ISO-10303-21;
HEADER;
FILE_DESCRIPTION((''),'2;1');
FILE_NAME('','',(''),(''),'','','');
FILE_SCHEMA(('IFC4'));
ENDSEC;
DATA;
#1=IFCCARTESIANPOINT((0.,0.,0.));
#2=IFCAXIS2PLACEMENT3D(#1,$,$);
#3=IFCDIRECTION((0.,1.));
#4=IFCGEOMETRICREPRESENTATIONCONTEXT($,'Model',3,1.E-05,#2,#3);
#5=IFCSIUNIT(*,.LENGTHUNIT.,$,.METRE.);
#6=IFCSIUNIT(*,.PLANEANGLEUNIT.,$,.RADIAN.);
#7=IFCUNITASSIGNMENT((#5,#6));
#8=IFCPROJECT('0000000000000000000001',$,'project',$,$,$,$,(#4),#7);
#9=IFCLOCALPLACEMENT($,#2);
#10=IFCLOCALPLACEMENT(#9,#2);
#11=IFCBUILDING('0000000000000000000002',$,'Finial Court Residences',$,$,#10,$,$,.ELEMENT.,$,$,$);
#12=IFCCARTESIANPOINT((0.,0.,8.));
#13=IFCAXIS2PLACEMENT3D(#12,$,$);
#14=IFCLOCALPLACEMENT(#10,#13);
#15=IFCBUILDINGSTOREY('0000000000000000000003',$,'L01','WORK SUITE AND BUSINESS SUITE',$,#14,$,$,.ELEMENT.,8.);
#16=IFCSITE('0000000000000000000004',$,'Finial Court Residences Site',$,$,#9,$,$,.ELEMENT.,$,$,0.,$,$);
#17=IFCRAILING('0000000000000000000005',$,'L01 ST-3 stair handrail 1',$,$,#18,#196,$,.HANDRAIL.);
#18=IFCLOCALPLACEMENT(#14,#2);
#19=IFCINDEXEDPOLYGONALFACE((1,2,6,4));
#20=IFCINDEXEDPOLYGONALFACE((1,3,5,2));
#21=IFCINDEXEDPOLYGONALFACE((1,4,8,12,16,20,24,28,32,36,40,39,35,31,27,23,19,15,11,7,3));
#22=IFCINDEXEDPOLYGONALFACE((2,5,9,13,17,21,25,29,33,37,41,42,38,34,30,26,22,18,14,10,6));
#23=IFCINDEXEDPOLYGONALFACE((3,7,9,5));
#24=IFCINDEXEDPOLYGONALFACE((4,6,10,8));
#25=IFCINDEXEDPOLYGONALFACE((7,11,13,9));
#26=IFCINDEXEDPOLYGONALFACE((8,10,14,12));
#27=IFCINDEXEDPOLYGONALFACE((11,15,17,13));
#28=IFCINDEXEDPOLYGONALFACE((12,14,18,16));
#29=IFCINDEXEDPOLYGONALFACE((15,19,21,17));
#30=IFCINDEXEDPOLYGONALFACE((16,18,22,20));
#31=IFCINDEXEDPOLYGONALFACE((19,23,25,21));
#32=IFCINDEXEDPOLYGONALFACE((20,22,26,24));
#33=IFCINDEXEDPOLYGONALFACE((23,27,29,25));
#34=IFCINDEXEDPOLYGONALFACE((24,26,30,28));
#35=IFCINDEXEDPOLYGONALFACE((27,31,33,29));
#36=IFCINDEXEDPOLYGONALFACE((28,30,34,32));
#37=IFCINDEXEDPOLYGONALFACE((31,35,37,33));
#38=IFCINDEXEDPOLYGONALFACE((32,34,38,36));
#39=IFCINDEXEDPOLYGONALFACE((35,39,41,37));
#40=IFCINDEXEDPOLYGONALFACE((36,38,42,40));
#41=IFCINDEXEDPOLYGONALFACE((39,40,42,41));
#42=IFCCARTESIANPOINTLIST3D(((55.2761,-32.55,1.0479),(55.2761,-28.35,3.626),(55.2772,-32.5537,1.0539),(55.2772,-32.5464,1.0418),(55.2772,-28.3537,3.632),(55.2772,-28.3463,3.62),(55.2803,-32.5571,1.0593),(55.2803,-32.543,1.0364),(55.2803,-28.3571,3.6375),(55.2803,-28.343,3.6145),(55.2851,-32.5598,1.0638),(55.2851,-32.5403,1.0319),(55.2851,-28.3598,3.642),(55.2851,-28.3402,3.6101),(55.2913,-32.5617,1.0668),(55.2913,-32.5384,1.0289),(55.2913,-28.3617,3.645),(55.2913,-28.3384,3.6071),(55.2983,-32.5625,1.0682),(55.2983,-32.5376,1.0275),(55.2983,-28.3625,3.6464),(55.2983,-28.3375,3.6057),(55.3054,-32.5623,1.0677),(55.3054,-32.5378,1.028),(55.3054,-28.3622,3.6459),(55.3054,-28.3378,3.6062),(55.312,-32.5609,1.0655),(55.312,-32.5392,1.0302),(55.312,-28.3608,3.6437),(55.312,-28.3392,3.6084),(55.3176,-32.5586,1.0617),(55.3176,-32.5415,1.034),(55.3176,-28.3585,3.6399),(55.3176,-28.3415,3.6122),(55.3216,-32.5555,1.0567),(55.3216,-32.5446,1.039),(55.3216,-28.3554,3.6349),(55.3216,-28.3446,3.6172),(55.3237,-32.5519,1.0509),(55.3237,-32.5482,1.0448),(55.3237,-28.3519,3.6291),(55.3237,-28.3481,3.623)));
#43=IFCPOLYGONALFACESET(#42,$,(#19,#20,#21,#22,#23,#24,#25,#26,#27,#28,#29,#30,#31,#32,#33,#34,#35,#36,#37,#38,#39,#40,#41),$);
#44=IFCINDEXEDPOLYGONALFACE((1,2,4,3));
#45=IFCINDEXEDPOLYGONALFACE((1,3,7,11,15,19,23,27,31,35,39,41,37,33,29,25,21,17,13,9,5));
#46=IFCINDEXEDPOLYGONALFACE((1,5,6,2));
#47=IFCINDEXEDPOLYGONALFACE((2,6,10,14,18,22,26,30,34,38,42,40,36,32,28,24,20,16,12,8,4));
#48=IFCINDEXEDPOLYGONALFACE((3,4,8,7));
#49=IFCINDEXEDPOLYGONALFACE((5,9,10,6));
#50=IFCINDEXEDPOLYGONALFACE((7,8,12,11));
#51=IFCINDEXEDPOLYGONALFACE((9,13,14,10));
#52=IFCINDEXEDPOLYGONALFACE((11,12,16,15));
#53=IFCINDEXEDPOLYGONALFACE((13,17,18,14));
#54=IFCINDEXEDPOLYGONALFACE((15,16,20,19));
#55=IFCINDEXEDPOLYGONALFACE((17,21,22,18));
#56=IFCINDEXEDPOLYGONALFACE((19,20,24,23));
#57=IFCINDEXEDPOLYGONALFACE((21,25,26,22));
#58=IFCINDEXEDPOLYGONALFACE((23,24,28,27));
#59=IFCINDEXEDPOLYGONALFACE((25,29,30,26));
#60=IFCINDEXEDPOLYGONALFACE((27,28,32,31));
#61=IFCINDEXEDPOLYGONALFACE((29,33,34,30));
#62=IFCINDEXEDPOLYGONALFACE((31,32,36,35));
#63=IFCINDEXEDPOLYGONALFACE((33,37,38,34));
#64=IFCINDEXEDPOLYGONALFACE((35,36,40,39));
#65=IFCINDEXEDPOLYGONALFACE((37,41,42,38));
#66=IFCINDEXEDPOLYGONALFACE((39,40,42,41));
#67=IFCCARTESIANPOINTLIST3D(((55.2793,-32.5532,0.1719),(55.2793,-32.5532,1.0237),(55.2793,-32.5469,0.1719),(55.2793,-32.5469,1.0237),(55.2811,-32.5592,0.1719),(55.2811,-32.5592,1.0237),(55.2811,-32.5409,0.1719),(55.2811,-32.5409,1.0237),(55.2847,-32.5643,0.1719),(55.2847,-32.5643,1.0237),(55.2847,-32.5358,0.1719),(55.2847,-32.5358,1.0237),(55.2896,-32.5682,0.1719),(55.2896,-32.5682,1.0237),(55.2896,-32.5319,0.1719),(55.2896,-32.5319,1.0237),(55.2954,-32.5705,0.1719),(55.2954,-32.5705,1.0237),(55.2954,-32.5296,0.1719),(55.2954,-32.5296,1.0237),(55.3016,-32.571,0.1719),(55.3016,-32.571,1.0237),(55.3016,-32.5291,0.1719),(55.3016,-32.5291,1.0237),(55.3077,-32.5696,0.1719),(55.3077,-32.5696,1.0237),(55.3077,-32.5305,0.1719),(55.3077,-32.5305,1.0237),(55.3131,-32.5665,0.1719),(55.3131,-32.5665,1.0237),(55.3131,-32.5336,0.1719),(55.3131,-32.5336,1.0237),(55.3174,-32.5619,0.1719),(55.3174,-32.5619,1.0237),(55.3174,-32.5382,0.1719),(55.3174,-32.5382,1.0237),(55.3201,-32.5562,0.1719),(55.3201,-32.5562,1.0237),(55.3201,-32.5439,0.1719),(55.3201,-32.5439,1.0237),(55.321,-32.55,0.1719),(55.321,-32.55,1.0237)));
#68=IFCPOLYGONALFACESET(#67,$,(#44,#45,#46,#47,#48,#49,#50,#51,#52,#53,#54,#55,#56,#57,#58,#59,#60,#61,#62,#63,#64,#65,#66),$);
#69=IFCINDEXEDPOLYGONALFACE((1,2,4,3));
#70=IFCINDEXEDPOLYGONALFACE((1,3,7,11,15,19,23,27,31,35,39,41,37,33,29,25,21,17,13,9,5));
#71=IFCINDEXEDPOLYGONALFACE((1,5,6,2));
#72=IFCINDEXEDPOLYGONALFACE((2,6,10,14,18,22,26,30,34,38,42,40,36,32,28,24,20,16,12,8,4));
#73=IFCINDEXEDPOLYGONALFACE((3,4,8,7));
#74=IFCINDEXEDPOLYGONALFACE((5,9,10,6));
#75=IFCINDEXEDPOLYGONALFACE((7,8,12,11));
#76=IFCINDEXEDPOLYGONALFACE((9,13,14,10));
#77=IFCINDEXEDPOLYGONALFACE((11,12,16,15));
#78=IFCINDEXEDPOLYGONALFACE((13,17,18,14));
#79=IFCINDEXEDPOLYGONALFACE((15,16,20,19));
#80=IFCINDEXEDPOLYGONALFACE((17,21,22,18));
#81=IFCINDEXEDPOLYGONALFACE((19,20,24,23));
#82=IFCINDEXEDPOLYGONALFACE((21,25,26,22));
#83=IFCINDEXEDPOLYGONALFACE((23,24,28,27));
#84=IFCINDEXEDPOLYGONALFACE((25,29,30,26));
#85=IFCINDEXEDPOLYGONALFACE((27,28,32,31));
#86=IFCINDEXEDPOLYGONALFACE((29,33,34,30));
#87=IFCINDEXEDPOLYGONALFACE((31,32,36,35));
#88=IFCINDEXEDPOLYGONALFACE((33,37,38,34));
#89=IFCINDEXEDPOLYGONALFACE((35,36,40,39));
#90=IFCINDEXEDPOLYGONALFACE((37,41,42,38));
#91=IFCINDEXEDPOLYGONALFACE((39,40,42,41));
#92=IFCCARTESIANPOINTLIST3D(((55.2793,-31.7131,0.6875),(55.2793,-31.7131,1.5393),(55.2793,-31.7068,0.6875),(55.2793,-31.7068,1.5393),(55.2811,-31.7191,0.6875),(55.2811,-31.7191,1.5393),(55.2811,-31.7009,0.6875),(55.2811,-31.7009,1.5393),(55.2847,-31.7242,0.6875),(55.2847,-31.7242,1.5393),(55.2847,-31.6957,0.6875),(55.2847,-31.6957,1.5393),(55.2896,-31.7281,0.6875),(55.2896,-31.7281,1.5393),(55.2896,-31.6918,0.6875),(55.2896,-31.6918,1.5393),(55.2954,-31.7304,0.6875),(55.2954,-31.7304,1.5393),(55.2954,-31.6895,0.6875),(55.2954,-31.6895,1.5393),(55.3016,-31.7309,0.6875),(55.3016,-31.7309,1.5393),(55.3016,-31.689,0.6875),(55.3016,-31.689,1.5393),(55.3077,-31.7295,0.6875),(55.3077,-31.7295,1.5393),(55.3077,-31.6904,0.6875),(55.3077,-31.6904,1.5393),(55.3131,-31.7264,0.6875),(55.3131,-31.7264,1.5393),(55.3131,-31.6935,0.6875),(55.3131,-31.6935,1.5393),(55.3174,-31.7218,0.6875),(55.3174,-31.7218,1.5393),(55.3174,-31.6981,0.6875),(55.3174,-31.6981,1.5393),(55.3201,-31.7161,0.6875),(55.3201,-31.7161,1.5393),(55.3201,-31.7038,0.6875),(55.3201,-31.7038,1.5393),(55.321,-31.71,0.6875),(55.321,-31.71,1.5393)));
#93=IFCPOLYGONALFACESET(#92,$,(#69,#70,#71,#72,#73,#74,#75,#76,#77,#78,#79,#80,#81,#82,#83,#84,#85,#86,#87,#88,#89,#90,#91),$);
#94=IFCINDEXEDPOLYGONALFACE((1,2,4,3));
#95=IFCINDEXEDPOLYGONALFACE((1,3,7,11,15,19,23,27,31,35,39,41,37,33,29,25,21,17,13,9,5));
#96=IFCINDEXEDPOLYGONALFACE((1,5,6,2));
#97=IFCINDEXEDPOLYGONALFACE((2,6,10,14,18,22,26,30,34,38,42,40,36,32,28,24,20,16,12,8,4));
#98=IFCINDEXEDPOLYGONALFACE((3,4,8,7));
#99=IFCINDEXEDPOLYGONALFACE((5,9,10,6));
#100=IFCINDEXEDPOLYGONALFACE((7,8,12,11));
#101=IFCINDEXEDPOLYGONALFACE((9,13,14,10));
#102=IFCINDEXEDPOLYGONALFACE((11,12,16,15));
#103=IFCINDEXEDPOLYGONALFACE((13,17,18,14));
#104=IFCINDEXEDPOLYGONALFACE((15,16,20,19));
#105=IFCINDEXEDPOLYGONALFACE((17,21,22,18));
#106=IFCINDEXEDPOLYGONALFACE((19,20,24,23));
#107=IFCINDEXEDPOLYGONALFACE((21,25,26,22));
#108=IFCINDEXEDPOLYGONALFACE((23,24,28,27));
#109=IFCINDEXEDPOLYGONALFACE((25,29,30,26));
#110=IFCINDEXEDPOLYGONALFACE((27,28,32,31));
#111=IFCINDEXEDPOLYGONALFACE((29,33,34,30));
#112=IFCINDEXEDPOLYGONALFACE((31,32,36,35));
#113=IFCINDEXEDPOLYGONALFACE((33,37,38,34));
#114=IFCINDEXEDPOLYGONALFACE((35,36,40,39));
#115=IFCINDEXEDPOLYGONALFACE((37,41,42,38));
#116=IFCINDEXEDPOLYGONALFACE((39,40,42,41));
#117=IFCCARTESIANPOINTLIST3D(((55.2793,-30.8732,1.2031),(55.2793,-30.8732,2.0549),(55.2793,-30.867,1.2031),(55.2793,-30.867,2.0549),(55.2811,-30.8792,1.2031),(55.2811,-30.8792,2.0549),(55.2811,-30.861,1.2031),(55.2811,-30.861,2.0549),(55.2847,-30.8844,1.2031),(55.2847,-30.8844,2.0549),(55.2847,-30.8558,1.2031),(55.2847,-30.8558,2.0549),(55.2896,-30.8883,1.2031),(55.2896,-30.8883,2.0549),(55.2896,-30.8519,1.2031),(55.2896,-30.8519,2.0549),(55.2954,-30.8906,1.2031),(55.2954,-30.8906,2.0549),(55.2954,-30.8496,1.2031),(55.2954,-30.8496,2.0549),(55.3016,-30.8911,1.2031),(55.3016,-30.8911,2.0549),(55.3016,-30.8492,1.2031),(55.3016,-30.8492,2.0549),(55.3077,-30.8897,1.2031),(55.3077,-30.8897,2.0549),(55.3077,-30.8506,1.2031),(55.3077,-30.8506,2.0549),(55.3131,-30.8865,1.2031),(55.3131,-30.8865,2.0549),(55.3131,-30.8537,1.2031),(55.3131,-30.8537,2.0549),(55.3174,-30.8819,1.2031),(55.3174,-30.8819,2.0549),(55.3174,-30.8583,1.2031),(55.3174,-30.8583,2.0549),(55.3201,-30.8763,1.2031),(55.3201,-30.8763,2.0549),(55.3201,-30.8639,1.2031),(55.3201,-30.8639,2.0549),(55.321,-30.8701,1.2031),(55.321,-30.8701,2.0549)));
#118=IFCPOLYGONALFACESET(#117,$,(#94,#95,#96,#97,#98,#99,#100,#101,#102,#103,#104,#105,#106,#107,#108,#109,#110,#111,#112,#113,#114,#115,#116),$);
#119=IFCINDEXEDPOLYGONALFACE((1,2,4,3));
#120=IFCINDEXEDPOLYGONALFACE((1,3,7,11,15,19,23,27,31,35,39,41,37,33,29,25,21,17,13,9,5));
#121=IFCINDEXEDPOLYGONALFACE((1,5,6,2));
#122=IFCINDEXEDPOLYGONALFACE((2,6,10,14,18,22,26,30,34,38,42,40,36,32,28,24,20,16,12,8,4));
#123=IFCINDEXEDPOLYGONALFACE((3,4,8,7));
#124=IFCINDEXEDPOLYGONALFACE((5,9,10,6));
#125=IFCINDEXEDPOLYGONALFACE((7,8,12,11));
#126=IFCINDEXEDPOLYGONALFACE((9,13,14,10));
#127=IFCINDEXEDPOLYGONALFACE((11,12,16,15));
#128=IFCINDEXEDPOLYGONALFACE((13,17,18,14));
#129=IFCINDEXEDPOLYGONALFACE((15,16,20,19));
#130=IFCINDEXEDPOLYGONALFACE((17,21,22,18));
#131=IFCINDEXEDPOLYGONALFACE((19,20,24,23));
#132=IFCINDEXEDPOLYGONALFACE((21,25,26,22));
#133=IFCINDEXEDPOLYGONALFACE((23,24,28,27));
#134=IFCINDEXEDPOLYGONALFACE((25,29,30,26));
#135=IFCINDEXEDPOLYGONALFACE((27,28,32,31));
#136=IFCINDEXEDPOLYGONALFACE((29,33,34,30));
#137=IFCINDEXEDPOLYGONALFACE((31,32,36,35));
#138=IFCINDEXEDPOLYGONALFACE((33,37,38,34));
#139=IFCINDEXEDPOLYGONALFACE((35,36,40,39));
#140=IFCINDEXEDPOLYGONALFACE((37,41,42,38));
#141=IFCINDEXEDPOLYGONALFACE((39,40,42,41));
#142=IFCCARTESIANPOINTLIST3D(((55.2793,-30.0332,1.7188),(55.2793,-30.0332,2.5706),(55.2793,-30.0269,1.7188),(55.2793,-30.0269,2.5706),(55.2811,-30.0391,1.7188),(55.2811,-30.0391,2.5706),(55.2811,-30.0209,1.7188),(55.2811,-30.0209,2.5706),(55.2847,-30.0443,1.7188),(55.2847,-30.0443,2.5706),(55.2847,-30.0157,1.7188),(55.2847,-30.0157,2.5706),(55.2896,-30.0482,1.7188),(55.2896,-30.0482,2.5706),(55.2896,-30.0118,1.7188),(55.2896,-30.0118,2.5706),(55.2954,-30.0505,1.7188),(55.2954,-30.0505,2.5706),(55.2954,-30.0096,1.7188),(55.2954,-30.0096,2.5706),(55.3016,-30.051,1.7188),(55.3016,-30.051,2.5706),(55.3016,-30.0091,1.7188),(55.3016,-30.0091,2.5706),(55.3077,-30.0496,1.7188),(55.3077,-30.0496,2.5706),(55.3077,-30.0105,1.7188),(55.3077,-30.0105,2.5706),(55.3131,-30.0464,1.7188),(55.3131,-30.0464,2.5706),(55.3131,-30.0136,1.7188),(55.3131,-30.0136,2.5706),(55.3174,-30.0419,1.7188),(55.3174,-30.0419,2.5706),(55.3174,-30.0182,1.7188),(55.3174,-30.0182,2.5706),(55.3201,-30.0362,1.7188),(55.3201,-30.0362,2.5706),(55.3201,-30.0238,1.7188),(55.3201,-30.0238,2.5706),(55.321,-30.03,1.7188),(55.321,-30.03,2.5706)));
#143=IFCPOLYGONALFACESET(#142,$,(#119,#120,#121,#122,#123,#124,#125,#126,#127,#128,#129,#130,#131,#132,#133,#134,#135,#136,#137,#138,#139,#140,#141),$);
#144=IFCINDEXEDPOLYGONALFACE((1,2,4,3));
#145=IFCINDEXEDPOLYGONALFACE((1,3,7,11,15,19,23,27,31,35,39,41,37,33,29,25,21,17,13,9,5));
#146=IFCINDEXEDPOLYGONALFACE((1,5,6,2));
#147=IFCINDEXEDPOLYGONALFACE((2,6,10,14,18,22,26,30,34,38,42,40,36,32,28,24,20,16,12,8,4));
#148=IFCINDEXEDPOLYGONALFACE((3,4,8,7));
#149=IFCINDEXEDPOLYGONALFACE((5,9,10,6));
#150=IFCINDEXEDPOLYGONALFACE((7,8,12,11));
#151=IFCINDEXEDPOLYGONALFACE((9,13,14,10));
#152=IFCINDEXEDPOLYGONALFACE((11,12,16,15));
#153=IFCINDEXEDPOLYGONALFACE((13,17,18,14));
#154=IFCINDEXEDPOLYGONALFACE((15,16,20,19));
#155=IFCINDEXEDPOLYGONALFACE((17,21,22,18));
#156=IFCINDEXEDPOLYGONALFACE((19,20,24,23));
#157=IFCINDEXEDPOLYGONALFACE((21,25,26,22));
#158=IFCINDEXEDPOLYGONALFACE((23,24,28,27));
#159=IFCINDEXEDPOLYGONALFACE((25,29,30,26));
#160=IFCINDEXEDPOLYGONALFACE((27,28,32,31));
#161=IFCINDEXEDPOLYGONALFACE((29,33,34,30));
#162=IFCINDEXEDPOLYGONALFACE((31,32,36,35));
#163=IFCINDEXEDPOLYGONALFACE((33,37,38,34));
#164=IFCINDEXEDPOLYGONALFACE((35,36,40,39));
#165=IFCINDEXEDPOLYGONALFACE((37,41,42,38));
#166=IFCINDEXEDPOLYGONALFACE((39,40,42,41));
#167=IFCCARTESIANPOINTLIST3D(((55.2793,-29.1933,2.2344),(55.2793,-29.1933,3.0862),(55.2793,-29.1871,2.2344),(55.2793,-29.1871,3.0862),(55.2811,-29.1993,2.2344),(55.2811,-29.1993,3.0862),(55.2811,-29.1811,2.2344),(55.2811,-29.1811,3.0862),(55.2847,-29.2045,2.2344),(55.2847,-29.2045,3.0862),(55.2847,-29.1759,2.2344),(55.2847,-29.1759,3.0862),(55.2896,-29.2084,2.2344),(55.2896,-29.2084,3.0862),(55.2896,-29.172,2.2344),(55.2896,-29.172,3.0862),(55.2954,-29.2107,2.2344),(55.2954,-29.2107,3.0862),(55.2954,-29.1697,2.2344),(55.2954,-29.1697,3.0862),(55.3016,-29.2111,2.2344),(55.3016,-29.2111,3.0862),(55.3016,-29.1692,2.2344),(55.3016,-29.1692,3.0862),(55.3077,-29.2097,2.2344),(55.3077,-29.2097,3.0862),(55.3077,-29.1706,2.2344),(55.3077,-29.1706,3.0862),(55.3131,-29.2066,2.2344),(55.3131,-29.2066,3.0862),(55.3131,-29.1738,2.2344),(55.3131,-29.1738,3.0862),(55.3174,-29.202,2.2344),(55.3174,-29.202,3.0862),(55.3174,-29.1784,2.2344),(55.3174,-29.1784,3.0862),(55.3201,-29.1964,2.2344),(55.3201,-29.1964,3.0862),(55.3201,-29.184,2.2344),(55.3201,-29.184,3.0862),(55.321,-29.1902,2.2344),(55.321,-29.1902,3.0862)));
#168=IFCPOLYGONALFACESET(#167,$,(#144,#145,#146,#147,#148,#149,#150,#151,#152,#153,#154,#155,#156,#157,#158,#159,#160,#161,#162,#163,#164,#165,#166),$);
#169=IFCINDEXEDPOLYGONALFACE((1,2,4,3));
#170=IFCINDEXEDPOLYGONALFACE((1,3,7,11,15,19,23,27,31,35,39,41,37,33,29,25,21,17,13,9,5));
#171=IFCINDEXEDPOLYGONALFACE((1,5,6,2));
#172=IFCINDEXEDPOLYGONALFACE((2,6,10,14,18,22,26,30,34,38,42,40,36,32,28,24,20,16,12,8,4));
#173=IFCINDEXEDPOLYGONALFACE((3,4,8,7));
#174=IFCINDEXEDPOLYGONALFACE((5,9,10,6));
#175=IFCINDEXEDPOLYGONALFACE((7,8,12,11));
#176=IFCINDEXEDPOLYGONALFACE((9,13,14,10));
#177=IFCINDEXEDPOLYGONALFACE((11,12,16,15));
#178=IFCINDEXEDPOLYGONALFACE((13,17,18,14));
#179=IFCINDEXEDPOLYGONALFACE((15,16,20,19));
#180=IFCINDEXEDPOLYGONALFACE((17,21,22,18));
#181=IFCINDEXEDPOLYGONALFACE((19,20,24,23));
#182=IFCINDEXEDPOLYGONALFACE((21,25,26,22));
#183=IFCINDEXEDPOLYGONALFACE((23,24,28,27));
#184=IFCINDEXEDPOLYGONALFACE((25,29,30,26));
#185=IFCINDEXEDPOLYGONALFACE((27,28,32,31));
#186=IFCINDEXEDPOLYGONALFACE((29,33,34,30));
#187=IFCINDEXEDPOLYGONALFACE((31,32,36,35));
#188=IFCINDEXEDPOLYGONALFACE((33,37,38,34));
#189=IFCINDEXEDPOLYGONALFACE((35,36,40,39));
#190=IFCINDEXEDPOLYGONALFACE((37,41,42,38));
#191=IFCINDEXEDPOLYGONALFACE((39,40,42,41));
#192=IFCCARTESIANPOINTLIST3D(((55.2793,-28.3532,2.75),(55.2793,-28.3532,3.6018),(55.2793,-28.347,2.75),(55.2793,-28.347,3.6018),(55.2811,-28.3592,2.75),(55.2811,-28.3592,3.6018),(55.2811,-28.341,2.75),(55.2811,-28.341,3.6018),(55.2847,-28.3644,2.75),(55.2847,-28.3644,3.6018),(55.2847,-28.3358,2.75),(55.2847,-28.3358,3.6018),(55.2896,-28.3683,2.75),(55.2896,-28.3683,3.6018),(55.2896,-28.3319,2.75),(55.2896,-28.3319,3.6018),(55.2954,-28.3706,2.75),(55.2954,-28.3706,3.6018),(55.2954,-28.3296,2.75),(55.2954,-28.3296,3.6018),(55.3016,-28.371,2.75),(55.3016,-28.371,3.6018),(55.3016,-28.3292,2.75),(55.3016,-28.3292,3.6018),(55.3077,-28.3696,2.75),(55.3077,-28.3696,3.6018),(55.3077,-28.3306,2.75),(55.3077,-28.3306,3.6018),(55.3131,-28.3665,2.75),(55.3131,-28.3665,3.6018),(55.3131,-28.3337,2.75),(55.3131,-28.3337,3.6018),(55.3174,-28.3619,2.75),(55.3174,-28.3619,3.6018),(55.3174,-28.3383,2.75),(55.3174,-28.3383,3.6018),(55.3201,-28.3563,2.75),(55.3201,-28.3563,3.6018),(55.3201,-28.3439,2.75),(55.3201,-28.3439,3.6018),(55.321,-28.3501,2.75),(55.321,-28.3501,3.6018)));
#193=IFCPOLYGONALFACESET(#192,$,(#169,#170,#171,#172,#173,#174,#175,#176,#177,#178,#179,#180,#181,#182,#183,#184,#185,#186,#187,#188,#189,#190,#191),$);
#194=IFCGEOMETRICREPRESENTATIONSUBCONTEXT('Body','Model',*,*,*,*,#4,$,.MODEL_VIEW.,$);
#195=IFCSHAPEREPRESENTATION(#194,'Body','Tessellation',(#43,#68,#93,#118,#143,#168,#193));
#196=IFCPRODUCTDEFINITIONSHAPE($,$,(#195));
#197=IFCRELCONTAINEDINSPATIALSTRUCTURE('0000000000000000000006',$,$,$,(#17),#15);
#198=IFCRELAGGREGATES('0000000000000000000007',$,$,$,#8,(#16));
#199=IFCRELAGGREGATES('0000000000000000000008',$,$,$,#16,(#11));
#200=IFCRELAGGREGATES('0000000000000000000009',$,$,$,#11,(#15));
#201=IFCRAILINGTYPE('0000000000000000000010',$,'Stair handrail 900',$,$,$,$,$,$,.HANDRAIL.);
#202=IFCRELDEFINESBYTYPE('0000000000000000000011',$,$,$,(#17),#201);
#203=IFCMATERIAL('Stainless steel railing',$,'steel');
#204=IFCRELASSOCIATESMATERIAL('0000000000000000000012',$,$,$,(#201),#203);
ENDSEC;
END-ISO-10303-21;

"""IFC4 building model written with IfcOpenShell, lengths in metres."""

from ifc_helpers import new_model, si_unit, direction, frame, origin, origin_2d, place, context, subcontext, project, spatial, circle, extrude, material, type_object, element, save


model = new_model("IFC4")

# Units and contexts
model_context = context("Model", 3, precision=1e-05, world=origin(), true_north=direction((0.0, 1.0)))
body_context = subcontext(model_context, "Body", "Model", "MODEL_VIEW")
ifc_project = project(units=[si_unit("LENGTHUNIT", "METRE"), si_unit("PLANEANGLEUNIT", "RADIAN")], contexts=[model_context])

# Site, building, storey
site_placement = place(None, origin())
site = spatial("IfcSite", under=ifc_project, at=site_placement, Name="Finial Court Residences Site", CompositionType="ELEMENT", RefElevation=0.0)
building_placement = place(site_placement, origin())
building = spatial("IfcBuilding", under=site, at=building_placement, Name="Finial Court Residences", CompositionType="ELEMENT")
storey_placement = place(building_placement, frame((0.0, 0.0, 8.0)))
storey = spatial("IfcBuildingStorey", under=building, at=storey_placement, Name="L01", Description="WORK SUITE AND BUSINESS SUITE", CompositionType="ELEMENT", Elevation=8.0)

# Railing
ifc_material_1 = material(Name="Stainless steel railing", Category="steel")
railing_type_1 = type_object("IfcRailingType", Name="Stair handrail 900", PredefinedType="HANDRAIL", material=ifc_material_1)
railing_1_placement = place(storey_placement, frame((55.3, -32.55, 0.1719)))
element("IfcRailing", 1, at=railing_1_placement, inside=storey, type_object=railing_type_1, Name="L01 ST-3 stair handrail 1", PredefinedType="HANDRAIL", context=body_context, shape_type="SweptSolid", body=[
    extrude(circle(Radius=0.0239, at=origin_2d()), frame((0.0, 0.0, 0.876), z_axis=(0.0, 0.852243, 0.523146), x_axis=(-1.0, 0.0, 0.0)), (0.0, 0.0, 1.0), 4.9282),
    extrude(circle(Radius=0.021, at=origin_2d()), origin(), (0.0, 0.0, 1.0), 0.8518),
    extrude(circle(Radius=0.021, at=origin_2d()), frame((0.0, 0.8401, 0.5156)), (0.0, 0.0, 1.0), 0.8518),
    extrude(circle(Radius=0.021, at=origin_2d()), frame((0.0, 1.6799, 1.0312)), (0.0, 0.0, 1.0), 0.8518),
    extrude(circle(Radius=0.021, at=origin_2d()), frame((0.0, 2.52, 1.5469)), (0.0, 0.0, 1.0), 0.8518),
    extrude(circle(Radius=0.021, at=origin_2d()), frame((0.0, 3.3599, 2.0625)), (0.0, 0.0, 1.0), 0.8518),
    extrude(circle(Radius=0.021, at=origin_2d()), frame((0.0, 4.2, 2.5781)), (0.0, 0.0, 1.0), 0.8518),
])

save(model, "model.ifc")
